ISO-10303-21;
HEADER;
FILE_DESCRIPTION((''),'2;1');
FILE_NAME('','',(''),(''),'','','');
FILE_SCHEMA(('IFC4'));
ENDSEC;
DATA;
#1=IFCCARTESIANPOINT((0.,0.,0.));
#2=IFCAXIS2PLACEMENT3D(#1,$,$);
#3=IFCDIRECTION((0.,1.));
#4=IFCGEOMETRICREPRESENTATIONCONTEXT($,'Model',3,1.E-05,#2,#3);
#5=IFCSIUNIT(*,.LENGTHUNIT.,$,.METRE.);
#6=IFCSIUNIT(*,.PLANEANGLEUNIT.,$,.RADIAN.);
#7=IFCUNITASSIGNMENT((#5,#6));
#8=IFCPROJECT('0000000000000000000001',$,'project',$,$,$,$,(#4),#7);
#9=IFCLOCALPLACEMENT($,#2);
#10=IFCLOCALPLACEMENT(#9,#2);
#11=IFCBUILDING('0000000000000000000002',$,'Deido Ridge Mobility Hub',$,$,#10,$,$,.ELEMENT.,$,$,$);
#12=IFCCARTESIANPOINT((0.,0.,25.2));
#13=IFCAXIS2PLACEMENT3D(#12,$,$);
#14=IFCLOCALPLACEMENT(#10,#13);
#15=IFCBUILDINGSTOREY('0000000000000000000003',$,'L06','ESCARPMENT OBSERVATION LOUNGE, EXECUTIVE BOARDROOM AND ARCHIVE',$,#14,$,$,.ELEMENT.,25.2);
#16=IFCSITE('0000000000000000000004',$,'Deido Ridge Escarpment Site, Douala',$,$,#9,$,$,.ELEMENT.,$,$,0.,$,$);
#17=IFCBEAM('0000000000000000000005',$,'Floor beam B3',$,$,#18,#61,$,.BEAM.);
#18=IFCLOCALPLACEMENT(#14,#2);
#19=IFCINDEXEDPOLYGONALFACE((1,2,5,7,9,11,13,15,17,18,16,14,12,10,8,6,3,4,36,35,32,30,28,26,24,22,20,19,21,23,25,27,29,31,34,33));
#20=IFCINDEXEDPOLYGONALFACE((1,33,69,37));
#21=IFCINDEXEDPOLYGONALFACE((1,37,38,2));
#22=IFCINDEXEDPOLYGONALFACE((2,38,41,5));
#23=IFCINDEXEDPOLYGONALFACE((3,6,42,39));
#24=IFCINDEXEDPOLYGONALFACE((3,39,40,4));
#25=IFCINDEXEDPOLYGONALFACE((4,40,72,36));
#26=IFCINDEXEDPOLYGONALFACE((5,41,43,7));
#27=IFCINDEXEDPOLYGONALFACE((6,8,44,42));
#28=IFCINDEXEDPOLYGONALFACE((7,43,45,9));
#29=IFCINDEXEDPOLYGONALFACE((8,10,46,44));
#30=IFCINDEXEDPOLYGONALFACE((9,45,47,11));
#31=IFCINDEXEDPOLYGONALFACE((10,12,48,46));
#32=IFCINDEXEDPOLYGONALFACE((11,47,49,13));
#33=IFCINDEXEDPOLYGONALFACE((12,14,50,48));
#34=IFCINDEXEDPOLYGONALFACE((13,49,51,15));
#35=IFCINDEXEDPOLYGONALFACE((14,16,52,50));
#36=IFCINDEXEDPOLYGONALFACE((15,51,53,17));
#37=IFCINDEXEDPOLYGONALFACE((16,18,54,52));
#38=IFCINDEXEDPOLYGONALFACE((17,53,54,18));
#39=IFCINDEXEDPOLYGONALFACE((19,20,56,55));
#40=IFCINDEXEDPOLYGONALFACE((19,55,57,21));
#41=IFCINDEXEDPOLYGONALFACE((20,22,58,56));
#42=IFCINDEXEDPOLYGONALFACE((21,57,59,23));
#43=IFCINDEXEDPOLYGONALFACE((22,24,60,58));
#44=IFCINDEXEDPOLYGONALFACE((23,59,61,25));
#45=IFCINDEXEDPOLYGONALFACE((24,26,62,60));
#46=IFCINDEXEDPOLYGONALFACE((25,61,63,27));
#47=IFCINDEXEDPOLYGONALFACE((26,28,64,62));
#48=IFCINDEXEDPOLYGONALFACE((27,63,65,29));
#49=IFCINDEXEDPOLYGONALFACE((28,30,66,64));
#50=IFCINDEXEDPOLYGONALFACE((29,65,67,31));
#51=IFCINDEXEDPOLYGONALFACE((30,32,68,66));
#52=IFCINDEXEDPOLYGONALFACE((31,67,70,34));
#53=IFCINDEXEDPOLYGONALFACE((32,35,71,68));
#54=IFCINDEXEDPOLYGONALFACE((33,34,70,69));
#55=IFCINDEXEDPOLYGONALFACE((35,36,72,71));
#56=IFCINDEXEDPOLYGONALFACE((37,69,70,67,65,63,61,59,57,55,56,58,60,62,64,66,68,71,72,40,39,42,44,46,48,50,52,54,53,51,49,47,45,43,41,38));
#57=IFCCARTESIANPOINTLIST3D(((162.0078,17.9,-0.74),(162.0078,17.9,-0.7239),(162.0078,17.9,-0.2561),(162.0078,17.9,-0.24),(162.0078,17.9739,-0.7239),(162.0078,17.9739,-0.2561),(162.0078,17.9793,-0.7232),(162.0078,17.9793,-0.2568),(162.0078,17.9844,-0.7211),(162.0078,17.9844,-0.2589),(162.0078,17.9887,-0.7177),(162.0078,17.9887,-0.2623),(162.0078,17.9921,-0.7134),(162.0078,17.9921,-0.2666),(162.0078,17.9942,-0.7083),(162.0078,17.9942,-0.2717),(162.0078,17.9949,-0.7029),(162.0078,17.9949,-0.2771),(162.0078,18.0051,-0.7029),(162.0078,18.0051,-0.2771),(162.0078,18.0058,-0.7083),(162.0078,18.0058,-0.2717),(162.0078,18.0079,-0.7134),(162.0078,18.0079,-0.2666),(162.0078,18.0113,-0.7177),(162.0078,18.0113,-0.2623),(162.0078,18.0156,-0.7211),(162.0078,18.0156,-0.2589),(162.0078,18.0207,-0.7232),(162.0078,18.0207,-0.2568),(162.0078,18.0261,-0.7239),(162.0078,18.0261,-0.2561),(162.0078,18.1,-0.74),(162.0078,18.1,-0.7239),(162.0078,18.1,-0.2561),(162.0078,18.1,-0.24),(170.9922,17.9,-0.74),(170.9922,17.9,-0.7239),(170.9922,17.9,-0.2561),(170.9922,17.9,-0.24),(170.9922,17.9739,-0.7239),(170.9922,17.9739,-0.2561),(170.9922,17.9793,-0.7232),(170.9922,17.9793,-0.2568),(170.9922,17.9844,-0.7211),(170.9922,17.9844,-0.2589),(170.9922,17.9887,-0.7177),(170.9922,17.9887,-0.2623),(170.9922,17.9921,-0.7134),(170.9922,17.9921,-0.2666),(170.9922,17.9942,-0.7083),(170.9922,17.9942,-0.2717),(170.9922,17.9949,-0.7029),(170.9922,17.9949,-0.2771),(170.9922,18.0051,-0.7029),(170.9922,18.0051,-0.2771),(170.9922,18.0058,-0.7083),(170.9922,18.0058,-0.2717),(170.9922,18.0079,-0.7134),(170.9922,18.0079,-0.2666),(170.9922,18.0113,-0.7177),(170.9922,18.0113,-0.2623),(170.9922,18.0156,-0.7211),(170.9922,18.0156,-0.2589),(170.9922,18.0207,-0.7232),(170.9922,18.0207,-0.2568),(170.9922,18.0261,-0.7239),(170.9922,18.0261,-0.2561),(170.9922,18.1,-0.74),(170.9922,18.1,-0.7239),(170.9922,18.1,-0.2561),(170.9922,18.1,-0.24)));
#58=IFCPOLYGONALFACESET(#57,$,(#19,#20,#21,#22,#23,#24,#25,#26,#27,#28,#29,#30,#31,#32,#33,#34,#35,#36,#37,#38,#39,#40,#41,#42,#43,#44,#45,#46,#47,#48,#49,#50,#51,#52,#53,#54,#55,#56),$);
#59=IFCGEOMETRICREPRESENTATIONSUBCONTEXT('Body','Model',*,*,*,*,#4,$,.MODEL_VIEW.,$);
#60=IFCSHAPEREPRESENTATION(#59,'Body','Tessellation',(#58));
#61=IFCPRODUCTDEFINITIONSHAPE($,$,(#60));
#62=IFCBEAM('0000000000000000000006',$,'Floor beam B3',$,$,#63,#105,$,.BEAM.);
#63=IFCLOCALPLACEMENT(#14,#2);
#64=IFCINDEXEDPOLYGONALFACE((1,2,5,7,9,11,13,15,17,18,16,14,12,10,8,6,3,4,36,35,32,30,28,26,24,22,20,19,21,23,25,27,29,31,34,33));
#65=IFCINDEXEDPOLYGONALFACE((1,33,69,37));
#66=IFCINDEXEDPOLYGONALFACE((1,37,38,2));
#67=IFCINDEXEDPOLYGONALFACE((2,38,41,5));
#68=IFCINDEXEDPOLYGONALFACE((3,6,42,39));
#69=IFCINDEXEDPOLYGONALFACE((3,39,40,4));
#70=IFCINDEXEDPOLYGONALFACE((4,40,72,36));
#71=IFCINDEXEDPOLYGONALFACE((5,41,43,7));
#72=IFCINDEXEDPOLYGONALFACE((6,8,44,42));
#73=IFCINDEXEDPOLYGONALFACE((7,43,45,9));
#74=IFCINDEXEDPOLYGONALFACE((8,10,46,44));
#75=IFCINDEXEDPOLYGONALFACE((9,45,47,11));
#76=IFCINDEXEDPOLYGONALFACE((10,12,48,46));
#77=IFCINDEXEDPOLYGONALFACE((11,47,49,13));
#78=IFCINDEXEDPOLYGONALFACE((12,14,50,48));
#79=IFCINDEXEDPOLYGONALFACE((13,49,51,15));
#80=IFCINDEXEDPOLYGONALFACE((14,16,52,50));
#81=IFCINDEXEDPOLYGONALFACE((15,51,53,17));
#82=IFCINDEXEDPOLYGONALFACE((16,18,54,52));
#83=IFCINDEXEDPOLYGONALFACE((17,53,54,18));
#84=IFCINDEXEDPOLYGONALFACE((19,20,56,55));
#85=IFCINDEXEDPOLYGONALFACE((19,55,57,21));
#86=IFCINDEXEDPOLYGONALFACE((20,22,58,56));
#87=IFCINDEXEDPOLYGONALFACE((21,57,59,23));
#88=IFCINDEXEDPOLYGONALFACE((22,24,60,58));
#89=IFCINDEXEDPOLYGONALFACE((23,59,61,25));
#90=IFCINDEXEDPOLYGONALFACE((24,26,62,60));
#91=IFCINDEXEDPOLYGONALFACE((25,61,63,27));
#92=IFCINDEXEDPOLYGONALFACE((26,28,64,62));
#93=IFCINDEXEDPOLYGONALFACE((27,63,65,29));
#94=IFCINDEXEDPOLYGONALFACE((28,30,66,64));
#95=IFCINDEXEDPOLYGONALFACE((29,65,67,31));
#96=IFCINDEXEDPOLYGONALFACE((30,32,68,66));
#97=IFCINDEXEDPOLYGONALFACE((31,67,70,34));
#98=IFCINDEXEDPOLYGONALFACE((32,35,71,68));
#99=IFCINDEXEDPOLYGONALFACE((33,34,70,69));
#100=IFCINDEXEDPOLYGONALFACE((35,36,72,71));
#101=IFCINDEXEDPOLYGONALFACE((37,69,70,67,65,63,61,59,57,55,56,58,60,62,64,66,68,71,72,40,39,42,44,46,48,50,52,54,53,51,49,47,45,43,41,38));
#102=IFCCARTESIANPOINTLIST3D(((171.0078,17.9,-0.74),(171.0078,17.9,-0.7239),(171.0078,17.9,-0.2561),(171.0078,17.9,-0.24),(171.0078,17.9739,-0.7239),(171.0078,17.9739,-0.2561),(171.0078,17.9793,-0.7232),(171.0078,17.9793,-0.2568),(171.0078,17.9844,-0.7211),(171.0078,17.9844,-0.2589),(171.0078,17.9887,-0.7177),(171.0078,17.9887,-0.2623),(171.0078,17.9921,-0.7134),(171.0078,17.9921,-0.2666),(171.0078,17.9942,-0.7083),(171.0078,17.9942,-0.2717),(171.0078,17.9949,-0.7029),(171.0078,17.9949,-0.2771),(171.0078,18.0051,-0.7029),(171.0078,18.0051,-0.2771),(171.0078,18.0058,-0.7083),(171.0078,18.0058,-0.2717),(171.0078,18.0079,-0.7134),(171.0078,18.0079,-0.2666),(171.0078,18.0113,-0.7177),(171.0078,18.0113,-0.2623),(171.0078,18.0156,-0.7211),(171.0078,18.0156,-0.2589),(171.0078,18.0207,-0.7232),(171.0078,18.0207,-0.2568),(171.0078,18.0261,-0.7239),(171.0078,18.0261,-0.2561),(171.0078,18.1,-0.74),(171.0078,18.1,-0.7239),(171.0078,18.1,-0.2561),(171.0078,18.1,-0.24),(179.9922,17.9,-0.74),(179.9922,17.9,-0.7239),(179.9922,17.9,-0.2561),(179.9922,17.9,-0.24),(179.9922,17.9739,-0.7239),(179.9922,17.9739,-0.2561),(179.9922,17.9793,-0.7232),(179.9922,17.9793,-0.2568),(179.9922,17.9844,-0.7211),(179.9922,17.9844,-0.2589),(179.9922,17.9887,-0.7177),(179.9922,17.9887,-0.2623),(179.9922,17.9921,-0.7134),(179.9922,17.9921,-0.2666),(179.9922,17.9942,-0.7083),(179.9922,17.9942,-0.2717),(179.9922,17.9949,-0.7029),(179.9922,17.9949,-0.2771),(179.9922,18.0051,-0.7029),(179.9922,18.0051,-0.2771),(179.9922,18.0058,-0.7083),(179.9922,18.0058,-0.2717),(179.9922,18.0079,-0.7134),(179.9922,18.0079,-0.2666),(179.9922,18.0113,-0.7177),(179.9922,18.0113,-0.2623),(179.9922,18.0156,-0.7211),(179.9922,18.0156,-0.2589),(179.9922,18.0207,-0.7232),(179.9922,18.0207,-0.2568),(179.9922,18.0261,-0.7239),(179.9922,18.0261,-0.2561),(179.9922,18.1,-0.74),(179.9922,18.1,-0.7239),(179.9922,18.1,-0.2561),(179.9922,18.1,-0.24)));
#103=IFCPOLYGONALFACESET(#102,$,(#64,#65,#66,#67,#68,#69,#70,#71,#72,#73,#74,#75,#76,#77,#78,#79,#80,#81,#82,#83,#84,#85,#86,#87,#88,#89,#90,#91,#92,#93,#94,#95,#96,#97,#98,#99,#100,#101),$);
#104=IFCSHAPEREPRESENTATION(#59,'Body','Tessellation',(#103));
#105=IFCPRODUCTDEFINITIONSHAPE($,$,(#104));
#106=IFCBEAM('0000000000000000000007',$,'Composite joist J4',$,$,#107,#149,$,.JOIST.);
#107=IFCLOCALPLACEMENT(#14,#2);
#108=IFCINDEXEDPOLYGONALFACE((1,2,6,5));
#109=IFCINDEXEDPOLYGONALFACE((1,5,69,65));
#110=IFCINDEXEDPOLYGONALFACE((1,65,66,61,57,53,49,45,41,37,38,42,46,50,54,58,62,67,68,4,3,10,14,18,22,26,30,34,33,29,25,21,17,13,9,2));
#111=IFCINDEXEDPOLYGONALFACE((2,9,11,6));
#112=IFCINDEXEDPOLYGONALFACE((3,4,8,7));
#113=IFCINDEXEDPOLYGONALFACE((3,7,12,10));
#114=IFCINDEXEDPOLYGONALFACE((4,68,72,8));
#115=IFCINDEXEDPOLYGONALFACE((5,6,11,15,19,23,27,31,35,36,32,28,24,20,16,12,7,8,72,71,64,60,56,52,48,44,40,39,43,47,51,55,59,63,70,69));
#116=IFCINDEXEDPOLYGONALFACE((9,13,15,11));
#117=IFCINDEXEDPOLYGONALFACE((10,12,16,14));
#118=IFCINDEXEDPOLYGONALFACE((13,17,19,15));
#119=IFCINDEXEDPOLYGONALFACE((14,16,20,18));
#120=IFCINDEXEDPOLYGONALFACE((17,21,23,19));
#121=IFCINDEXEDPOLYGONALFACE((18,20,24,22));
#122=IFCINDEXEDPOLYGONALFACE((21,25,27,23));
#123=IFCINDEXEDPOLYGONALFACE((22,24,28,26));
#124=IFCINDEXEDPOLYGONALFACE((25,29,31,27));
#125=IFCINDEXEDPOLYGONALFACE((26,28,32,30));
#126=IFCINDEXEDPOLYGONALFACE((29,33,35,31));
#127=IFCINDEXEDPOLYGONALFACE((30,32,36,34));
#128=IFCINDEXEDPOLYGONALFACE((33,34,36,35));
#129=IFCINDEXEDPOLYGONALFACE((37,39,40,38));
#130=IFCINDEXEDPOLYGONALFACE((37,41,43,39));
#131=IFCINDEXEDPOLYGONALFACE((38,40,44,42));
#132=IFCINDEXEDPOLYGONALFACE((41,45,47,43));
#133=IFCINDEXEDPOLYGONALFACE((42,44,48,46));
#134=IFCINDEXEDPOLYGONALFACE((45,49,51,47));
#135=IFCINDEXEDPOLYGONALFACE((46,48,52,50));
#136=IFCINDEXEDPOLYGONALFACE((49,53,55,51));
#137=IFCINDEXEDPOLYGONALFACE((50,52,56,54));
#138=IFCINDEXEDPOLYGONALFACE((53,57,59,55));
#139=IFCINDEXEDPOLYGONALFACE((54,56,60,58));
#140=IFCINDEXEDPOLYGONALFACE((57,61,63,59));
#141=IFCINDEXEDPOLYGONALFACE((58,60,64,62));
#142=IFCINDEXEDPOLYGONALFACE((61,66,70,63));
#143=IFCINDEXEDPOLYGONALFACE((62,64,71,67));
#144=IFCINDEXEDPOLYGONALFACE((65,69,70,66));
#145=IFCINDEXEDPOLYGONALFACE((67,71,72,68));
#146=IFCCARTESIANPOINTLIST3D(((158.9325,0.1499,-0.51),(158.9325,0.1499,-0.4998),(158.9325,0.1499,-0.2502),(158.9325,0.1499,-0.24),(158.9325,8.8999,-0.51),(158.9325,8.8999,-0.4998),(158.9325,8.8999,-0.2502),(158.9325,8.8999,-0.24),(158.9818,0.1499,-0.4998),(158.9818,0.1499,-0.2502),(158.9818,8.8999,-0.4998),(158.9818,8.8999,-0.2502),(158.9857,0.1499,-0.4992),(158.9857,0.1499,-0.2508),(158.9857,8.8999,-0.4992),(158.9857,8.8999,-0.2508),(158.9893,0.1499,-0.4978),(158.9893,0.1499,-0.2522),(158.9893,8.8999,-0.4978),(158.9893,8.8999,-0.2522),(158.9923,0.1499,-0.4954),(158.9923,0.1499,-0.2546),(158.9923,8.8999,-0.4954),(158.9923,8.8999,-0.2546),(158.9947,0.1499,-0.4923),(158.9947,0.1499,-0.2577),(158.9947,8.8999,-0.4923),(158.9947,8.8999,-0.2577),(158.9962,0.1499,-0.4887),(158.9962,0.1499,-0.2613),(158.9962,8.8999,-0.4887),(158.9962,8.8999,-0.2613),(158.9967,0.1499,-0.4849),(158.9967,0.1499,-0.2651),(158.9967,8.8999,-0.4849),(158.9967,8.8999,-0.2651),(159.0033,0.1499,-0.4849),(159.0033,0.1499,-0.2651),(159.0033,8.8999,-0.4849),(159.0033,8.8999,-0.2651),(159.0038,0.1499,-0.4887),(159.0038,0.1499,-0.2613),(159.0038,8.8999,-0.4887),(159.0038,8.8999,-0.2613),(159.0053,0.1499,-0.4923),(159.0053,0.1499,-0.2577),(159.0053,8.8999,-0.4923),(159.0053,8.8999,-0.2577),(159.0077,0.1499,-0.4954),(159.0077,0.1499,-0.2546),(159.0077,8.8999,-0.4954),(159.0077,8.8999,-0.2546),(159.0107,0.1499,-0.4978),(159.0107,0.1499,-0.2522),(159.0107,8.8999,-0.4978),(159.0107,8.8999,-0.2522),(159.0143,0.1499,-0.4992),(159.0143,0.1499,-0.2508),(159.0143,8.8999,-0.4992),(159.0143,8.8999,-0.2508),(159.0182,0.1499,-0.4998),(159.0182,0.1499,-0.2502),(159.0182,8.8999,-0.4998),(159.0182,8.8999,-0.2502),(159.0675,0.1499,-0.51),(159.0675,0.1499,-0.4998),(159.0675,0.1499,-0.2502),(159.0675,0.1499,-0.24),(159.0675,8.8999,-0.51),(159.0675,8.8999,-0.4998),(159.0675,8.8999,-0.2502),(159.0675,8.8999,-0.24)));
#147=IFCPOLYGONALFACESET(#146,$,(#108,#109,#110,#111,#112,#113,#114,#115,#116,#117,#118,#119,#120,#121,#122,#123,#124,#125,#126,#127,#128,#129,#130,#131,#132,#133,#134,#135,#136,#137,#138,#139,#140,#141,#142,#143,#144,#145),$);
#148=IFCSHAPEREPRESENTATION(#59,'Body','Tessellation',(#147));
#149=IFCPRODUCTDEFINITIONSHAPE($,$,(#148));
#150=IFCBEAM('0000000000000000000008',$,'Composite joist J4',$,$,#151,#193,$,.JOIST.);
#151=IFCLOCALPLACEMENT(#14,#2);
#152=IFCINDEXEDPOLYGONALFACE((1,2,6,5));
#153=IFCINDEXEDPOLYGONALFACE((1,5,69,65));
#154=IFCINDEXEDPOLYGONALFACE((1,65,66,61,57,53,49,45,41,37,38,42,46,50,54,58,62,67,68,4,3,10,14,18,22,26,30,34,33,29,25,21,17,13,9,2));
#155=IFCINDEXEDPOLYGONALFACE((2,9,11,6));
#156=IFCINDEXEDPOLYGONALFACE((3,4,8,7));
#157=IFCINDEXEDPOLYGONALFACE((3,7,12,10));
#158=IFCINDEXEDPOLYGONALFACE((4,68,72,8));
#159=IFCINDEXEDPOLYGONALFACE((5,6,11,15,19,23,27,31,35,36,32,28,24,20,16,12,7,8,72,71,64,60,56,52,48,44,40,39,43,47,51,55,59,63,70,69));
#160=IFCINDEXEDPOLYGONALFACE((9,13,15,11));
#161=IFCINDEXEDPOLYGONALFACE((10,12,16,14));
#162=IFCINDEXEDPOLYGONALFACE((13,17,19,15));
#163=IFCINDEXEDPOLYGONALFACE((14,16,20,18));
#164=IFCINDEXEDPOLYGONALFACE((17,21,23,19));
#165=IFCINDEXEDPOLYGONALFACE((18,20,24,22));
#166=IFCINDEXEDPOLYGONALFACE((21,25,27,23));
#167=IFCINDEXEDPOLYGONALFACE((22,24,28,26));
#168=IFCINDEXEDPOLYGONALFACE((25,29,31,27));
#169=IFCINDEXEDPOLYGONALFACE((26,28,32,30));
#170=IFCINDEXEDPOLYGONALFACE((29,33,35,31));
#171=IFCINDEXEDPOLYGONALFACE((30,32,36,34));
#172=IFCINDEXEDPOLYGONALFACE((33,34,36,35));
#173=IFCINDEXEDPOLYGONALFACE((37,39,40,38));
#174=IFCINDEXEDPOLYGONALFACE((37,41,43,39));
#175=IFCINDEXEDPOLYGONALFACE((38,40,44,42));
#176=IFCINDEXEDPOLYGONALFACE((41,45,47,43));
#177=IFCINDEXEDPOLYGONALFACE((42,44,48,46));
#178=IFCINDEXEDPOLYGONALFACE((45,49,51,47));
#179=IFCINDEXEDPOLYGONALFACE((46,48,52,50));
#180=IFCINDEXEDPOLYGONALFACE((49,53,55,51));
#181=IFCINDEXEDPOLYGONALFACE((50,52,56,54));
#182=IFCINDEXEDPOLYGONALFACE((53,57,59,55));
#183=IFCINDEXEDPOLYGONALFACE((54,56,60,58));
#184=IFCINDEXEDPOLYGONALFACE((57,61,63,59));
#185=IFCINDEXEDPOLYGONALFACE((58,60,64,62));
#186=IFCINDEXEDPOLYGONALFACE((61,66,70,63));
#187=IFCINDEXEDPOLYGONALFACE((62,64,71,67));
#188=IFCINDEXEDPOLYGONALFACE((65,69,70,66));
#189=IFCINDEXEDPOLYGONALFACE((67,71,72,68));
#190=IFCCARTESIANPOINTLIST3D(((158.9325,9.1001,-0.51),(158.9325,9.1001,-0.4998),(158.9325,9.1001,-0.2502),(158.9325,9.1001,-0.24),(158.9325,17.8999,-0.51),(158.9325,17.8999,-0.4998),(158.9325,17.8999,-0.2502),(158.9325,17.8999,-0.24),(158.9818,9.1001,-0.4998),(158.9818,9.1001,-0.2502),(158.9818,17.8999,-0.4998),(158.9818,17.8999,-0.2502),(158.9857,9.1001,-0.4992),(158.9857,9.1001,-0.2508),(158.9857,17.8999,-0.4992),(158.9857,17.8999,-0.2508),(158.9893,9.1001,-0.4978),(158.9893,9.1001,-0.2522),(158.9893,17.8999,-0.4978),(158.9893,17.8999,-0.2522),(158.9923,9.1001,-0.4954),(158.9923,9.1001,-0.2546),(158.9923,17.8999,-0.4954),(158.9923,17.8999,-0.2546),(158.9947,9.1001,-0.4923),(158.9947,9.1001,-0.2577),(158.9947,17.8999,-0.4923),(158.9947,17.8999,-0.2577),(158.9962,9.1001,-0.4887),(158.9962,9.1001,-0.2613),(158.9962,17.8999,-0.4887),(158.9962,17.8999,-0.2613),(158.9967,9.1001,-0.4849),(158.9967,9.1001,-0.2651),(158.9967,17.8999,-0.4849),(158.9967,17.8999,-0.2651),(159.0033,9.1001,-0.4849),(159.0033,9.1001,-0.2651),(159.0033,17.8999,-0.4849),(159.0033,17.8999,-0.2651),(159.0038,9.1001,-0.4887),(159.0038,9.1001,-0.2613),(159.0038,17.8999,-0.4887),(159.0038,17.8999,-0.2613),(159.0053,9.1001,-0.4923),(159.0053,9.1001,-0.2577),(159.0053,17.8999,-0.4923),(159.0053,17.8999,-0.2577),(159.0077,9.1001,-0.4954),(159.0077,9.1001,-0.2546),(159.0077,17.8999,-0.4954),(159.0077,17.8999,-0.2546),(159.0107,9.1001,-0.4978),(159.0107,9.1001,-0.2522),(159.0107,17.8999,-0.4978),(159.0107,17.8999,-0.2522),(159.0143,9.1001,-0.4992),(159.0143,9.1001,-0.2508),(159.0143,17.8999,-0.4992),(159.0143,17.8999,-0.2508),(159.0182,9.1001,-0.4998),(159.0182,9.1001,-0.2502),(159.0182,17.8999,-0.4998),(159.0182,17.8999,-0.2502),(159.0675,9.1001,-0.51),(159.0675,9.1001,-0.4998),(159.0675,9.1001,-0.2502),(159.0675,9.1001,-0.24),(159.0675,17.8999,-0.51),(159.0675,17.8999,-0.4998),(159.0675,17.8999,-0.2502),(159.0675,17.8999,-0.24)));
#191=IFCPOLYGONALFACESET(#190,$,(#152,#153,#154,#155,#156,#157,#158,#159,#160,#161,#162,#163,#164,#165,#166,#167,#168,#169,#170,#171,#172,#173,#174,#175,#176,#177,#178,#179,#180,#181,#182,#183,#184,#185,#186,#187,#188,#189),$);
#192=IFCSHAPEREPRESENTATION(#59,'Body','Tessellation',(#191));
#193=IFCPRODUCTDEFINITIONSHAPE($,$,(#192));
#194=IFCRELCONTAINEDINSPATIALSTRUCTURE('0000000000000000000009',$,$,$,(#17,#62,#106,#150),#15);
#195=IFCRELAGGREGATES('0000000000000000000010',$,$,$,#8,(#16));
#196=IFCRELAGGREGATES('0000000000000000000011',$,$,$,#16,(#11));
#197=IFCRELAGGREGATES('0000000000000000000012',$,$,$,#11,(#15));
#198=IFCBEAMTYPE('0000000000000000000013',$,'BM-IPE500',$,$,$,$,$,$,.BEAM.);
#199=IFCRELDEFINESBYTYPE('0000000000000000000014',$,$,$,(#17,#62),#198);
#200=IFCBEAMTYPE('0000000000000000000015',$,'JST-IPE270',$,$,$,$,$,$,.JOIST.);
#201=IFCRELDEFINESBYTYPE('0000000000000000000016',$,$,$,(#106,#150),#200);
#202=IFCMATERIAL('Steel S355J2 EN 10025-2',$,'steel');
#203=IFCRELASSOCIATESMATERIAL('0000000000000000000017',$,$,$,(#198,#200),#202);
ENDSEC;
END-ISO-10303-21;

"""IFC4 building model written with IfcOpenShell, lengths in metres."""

from ifc_helpers import new_model, si_unit, direction, frame, origin, origin_2d, place, context, subcontext, project, spatial, i_section, extrude, material, material_profile, profile_set, type_object, element, save


model = new_model("IFC4")

# Units and contexts
model_context = context("Model", 3, precision=1e-05, world=origin(), true_north=direction((0.0, 1.0)))
body_context = subcontext(model_context, "Body", "Model", "MODEL_VIEW")
ifc_project = project(units=[si_unit("LENGTHUNIT", "METRE"), si_unit("PLANEANGLEUNIT", "RADIAN")], contexts=[model_context])

# Site, building, storey
site_placement = place(None, origin())
site = spatial("IfcSite", under=ifc_project, at=site_placement, Name="Deido Ridge Escarpment Site, Douala", CompositionType="ELEMENT", RefElevation=0.0)
building_placement = place(site_placement, origin())
building = spatial("IfcBuilding", under=site, at=building_placement, Name="Deido Ridge Mobility Hub", CompositionType="ELEMENT")
storey_placement = place(building_placement, frame((0.0, 0.0, 25.2)))
storey = spatial("IfcBuildingStorey", under=building, at=storey_placement, Name="L06", Description="ESCARPMENT OBSERVATION LOUNGE, EXECUTIVE BOARDROOM AND ARCHIVE", CompositionType="ELEMENT", Elevation=25.2)

# Shared definitions
ifc_material_1 = material(Name="Steel S355J2 EN 10025-2", Category="steel")

# Beams
ifc_material_profile_1 = material_profile(ifc_material_1, i_section(OverallWidth=0.2, OverallDepth=0.5, WebThickness=0.0103, FlangeThickness=0.0161, FilletRadius=0.021, at=origin_2d()), Name="IPE 500")
ifc_profile_set_1 = profile_set([ifc_material_profile_1], Name="Steel S355J2 EN 10025-2")
beam_type_1 = type_object("IfcBeamType", Name="BM-IPE500", PredefinedType="BEAM", material=ifc_profile_set_1)
for number, where, z_axis, x_axis, name in (
    (1, (162.0078, 18.0, -0.49), (1.0, 0.0, 0.0), (0.0, 1.0, 0.0), "Floor beam B3"),
    (2, (171.0078, 18.0, -0.49), (1.0, 0.0, 0.0), (0.0, 1.0, 0.0), "Floor beam B3"),
):
    element("IfcBeam", number, at=place(storey_placement, frame(where, z_axis=z_axis, x_axis=x_axis)), inside=storey, type_object=beam_type_1, Name=name, PredefinedType="BEAM", context=body_context, shape_type="SweptSolid", body=[
        extrude(i_section(OverallWidth=0.2, OverallDepth=0.5, WebThickness=0.0103, FlangeThickness=0.0161, FilletRadius=0.021, at=origin_2d()), origin(), (0.0, 0.0, 1.0), 8.9844),
    ])
ifc_material_profile_2 = material_profile(ifc_material_1, i_section(OverallWidth=0.135, OverallDepth=0.27, WebThickness=0.0066, FlangeThickness=0.0103, FilletRadius=0.0149, at=origin_2d()), Name="IPE 270")
ifc_profile_set_2 = profile_set([ifc_material_profile_2], Name="Steel S355J2 EN 10025-2")
beam_type_2 = type_object("IfcBeamType", Name="JST-IPE270", PredefinedType="JOIST", material=ifc_profile_set_2)
beam_1_placement = place(storey_placement, frame((159.0, 0.1499, -0.375), z_axis=(0.0, 1.0, 0.0), x_axis=(-1.0, 0.0, 0.0)))
element("IfcBeam", 3, at=beam_1_placement, inside=storey, type_object=beam_type_2, Name="Composite joist J4", PredefinedType="JOIST", context=body_context, shape_type="SweptSolid", body=[
    extrude(i_section(OverallWidth=0.135, OverallDepth=0.27, WebThickness=0.0066, FlangeThickness=0.0103, FilletRadius=0.0149, at=origin_2d()), origin(), (0.0, 0.0, 1.0), 8.75),
])
for number, where, z_axis, x_axis, name in (
    (4, (159.0, 9.1001, -0.375), (0.0, 1.0, 0.0), (-1.0, 0.0, 0.0), "Composite joist J4"),
):
    element("IfcBeam", number, at=place(storey_placement, frame(where, z_axis=z_axis, x_axis=x_axis)), inside=storey, type_object=beam_type_2, Name=name, PredefinedType="JOIST", context=body_context, shape_type="SweptSolid", body=[
        extrude(i_section(OverallWidth=0.135, OverallDepth=0.27, WebThickness=0.0066, FlangeThickness=0.0103, FilletRadius=0.0149, at=origin_2d()), origin(), (0.0, 0.0, 1.0), 8.7998),
    ])

save(model, "model.ifc")
